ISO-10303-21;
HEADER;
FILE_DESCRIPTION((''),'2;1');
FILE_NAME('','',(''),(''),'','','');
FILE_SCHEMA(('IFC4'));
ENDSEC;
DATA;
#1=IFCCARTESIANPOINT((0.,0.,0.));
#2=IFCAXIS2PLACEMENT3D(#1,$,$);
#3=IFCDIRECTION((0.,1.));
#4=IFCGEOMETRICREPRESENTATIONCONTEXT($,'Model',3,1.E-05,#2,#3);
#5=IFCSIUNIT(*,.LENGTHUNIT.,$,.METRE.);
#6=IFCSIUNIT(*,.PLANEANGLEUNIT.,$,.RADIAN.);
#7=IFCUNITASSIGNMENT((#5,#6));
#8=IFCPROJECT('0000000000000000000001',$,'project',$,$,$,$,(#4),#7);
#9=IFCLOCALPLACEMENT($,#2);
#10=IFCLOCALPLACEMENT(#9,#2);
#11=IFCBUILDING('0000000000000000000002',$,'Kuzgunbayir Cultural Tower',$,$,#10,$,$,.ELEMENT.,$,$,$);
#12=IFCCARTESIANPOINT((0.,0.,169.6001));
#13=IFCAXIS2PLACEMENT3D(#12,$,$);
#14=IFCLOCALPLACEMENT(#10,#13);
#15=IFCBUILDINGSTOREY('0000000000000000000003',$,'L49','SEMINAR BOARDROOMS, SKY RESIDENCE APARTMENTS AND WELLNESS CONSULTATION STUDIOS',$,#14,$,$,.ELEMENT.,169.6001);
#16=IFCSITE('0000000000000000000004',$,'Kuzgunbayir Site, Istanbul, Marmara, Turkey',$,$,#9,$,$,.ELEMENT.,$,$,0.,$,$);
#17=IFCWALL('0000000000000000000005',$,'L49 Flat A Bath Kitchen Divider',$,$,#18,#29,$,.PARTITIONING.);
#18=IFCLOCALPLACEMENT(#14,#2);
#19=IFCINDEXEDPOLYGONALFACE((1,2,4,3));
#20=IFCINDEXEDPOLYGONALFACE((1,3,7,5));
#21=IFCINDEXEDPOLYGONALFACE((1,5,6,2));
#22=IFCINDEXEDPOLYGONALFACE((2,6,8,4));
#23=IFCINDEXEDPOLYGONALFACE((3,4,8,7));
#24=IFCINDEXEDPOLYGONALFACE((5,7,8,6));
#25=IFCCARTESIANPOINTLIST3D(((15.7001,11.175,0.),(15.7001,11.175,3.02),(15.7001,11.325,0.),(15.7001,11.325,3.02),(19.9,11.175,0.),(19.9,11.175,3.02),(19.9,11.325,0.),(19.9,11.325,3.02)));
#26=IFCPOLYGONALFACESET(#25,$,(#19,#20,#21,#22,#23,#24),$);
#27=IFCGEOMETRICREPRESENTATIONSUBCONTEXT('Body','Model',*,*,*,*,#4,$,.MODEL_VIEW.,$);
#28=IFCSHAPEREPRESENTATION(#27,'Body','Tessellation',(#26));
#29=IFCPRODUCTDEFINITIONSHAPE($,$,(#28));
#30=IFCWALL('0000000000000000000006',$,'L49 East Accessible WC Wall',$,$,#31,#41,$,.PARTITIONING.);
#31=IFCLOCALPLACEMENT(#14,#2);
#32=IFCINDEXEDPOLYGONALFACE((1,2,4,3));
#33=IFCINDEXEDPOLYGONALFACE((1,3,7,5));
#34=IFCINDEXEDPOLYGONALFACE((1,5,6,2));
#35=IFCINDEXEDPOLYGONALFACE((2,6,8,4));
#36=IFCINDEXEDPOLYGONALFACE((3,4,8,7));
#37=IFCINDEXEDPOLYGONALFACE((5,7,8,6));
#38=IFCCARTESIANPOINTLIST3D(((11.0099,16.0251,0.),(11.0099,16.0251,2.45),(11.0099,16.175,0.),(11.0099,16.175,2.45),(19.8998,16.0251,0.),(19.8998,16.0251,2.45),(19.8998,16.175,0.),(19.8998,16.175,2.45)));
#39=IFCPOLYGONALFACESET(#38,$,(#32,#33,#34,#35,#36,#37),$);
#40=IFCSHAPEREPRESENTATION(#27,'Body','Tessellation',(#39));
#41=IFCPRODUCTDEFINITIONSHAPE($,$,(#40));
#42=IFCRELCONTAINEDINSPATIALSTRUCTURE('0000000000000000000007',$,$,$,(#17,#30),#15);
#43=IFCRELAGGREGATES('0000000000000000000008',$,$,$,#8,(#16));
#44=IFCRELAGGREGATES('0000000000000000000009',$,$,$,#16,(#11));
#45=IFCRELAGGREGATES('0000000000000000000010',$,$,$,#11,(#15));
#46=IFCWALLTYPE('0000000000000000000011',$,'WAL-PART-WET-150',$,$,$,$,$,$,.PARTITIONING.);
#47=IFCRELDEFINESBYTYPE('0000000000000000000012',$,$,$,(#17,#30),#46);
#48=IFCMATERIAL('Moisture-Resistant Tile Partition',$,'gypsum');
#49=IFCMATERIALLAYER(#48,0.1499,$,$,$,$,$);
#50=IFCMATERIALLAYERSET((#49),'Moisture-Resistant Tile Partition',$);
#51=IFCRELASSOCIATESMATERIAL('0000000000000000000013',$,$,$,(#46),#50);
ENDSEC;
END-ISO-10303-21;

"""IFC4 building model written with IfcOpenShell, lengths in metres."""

from ifc_helpers import new_model, si_unit, direction, frame, frame_2d, origin, place, context, subcontext, project, spatial, rectangle, extrude, material, layer, layer_set, type_object, element, save


model = new_model("IFC4")

# Units and contexts
model_context = context("Model", 3, precision=1e-05, world=origin(), true_north=direction((0.0, 1.0)))
body_context = subcontext(model_context, "Body", "Model", "MODEL_VIEW")
ifc_project = project(units=[si_unit("LENGTHUNIT", "METRE"), si_unit("PLANEANGLEUNIT", "RADIAN")], contexts=[model_context])

# Site, building, storey
site_placement = place(None, origin())
site = spatial("IfcSite", under=ifc_project, at=site_placement, Name="Kuzgunbayir Site, Istanbul, Marmara, Turkey", CompositionType="ELEMENT", RefElevation=0.0)
building_placement = place(site_placement, origin())
building = spatial("IfcBuilding", under=site, at=building_placement, Name="Kuzgunbayir Cultural Tower", CompositionType="ELEMENT")
storey_placement = place(building_placement, frame((0.0, 0.0, 169.6001)))
storey = spatial("IfcBuildingStorey", under=building, at=storey_placement, Name="L49", Description="SEMINAR BOARDROOMS, SKY RESIDENCE APARTMENTS AND WELLNESS CONSULTATION STUDIOS", CompositionType="ELEMENT", Elevation=169.6001)

# Shared definitions
ifc_material_1 = material(Name="Moisture-Resistant Tile Partition", Category="gypsum")
ifc_layer_1 = layer(ifc_material_1, 0.1499)
ifc_layer_set_1 = layer_set([ifc_layer_1], Name="Moisture-Resistant Tile Partition")
wall_type_1 = type_object("IfcWallType", Name="WAL-PART-WET-150", PredefinedType="PARTITIONING", material=ifc_layer_set_1)

# Walls
wall_1_placement = place(storey_placement, frame((15.7, 11.25, 0.0), z_axis=(0.0, 0.0, 1.0), x_axis=(1.0, 0.0, 0.0)))
element("IfcWall", 1, at=wall_1_placement, inside=storey, type_object=wall_type_1, Name="L49 Flat A Bath Kitchen Divider", PredefinedType="PARTITIONING", context=body_context, shape_type="SweptSolid", body=[
    extrude(rectangle(XDim=4.2, YDim=0.1499, at=frame_2d((2.1001, 0.0))), origin(), (0.0, 0.0, 1.0), 3.02),
])
wall_2_placement = place(storey_placement, frame((11.01, 16.1001, 0.0), z_axis=(0.0, 0.0, 1.0), x_axis=(1.0, 0.0, 0.0)))
element("IfcWall", 2, at=wall_2_placement, inside=storey, type_object=wall_type_1, Name="L49 East Accessible WC Wall", PredefinedType="PARTITIONING", context=body_context, shape_type="SweptSolid", body=[
    extrude(rectangle(XDim=8.8899, YDim=0.1499, at=frame_2d((4.4448, 0.0))), origin(), (0.0, 0.0, 1.0), 2.45),
])

save(model, "model.ifc")
